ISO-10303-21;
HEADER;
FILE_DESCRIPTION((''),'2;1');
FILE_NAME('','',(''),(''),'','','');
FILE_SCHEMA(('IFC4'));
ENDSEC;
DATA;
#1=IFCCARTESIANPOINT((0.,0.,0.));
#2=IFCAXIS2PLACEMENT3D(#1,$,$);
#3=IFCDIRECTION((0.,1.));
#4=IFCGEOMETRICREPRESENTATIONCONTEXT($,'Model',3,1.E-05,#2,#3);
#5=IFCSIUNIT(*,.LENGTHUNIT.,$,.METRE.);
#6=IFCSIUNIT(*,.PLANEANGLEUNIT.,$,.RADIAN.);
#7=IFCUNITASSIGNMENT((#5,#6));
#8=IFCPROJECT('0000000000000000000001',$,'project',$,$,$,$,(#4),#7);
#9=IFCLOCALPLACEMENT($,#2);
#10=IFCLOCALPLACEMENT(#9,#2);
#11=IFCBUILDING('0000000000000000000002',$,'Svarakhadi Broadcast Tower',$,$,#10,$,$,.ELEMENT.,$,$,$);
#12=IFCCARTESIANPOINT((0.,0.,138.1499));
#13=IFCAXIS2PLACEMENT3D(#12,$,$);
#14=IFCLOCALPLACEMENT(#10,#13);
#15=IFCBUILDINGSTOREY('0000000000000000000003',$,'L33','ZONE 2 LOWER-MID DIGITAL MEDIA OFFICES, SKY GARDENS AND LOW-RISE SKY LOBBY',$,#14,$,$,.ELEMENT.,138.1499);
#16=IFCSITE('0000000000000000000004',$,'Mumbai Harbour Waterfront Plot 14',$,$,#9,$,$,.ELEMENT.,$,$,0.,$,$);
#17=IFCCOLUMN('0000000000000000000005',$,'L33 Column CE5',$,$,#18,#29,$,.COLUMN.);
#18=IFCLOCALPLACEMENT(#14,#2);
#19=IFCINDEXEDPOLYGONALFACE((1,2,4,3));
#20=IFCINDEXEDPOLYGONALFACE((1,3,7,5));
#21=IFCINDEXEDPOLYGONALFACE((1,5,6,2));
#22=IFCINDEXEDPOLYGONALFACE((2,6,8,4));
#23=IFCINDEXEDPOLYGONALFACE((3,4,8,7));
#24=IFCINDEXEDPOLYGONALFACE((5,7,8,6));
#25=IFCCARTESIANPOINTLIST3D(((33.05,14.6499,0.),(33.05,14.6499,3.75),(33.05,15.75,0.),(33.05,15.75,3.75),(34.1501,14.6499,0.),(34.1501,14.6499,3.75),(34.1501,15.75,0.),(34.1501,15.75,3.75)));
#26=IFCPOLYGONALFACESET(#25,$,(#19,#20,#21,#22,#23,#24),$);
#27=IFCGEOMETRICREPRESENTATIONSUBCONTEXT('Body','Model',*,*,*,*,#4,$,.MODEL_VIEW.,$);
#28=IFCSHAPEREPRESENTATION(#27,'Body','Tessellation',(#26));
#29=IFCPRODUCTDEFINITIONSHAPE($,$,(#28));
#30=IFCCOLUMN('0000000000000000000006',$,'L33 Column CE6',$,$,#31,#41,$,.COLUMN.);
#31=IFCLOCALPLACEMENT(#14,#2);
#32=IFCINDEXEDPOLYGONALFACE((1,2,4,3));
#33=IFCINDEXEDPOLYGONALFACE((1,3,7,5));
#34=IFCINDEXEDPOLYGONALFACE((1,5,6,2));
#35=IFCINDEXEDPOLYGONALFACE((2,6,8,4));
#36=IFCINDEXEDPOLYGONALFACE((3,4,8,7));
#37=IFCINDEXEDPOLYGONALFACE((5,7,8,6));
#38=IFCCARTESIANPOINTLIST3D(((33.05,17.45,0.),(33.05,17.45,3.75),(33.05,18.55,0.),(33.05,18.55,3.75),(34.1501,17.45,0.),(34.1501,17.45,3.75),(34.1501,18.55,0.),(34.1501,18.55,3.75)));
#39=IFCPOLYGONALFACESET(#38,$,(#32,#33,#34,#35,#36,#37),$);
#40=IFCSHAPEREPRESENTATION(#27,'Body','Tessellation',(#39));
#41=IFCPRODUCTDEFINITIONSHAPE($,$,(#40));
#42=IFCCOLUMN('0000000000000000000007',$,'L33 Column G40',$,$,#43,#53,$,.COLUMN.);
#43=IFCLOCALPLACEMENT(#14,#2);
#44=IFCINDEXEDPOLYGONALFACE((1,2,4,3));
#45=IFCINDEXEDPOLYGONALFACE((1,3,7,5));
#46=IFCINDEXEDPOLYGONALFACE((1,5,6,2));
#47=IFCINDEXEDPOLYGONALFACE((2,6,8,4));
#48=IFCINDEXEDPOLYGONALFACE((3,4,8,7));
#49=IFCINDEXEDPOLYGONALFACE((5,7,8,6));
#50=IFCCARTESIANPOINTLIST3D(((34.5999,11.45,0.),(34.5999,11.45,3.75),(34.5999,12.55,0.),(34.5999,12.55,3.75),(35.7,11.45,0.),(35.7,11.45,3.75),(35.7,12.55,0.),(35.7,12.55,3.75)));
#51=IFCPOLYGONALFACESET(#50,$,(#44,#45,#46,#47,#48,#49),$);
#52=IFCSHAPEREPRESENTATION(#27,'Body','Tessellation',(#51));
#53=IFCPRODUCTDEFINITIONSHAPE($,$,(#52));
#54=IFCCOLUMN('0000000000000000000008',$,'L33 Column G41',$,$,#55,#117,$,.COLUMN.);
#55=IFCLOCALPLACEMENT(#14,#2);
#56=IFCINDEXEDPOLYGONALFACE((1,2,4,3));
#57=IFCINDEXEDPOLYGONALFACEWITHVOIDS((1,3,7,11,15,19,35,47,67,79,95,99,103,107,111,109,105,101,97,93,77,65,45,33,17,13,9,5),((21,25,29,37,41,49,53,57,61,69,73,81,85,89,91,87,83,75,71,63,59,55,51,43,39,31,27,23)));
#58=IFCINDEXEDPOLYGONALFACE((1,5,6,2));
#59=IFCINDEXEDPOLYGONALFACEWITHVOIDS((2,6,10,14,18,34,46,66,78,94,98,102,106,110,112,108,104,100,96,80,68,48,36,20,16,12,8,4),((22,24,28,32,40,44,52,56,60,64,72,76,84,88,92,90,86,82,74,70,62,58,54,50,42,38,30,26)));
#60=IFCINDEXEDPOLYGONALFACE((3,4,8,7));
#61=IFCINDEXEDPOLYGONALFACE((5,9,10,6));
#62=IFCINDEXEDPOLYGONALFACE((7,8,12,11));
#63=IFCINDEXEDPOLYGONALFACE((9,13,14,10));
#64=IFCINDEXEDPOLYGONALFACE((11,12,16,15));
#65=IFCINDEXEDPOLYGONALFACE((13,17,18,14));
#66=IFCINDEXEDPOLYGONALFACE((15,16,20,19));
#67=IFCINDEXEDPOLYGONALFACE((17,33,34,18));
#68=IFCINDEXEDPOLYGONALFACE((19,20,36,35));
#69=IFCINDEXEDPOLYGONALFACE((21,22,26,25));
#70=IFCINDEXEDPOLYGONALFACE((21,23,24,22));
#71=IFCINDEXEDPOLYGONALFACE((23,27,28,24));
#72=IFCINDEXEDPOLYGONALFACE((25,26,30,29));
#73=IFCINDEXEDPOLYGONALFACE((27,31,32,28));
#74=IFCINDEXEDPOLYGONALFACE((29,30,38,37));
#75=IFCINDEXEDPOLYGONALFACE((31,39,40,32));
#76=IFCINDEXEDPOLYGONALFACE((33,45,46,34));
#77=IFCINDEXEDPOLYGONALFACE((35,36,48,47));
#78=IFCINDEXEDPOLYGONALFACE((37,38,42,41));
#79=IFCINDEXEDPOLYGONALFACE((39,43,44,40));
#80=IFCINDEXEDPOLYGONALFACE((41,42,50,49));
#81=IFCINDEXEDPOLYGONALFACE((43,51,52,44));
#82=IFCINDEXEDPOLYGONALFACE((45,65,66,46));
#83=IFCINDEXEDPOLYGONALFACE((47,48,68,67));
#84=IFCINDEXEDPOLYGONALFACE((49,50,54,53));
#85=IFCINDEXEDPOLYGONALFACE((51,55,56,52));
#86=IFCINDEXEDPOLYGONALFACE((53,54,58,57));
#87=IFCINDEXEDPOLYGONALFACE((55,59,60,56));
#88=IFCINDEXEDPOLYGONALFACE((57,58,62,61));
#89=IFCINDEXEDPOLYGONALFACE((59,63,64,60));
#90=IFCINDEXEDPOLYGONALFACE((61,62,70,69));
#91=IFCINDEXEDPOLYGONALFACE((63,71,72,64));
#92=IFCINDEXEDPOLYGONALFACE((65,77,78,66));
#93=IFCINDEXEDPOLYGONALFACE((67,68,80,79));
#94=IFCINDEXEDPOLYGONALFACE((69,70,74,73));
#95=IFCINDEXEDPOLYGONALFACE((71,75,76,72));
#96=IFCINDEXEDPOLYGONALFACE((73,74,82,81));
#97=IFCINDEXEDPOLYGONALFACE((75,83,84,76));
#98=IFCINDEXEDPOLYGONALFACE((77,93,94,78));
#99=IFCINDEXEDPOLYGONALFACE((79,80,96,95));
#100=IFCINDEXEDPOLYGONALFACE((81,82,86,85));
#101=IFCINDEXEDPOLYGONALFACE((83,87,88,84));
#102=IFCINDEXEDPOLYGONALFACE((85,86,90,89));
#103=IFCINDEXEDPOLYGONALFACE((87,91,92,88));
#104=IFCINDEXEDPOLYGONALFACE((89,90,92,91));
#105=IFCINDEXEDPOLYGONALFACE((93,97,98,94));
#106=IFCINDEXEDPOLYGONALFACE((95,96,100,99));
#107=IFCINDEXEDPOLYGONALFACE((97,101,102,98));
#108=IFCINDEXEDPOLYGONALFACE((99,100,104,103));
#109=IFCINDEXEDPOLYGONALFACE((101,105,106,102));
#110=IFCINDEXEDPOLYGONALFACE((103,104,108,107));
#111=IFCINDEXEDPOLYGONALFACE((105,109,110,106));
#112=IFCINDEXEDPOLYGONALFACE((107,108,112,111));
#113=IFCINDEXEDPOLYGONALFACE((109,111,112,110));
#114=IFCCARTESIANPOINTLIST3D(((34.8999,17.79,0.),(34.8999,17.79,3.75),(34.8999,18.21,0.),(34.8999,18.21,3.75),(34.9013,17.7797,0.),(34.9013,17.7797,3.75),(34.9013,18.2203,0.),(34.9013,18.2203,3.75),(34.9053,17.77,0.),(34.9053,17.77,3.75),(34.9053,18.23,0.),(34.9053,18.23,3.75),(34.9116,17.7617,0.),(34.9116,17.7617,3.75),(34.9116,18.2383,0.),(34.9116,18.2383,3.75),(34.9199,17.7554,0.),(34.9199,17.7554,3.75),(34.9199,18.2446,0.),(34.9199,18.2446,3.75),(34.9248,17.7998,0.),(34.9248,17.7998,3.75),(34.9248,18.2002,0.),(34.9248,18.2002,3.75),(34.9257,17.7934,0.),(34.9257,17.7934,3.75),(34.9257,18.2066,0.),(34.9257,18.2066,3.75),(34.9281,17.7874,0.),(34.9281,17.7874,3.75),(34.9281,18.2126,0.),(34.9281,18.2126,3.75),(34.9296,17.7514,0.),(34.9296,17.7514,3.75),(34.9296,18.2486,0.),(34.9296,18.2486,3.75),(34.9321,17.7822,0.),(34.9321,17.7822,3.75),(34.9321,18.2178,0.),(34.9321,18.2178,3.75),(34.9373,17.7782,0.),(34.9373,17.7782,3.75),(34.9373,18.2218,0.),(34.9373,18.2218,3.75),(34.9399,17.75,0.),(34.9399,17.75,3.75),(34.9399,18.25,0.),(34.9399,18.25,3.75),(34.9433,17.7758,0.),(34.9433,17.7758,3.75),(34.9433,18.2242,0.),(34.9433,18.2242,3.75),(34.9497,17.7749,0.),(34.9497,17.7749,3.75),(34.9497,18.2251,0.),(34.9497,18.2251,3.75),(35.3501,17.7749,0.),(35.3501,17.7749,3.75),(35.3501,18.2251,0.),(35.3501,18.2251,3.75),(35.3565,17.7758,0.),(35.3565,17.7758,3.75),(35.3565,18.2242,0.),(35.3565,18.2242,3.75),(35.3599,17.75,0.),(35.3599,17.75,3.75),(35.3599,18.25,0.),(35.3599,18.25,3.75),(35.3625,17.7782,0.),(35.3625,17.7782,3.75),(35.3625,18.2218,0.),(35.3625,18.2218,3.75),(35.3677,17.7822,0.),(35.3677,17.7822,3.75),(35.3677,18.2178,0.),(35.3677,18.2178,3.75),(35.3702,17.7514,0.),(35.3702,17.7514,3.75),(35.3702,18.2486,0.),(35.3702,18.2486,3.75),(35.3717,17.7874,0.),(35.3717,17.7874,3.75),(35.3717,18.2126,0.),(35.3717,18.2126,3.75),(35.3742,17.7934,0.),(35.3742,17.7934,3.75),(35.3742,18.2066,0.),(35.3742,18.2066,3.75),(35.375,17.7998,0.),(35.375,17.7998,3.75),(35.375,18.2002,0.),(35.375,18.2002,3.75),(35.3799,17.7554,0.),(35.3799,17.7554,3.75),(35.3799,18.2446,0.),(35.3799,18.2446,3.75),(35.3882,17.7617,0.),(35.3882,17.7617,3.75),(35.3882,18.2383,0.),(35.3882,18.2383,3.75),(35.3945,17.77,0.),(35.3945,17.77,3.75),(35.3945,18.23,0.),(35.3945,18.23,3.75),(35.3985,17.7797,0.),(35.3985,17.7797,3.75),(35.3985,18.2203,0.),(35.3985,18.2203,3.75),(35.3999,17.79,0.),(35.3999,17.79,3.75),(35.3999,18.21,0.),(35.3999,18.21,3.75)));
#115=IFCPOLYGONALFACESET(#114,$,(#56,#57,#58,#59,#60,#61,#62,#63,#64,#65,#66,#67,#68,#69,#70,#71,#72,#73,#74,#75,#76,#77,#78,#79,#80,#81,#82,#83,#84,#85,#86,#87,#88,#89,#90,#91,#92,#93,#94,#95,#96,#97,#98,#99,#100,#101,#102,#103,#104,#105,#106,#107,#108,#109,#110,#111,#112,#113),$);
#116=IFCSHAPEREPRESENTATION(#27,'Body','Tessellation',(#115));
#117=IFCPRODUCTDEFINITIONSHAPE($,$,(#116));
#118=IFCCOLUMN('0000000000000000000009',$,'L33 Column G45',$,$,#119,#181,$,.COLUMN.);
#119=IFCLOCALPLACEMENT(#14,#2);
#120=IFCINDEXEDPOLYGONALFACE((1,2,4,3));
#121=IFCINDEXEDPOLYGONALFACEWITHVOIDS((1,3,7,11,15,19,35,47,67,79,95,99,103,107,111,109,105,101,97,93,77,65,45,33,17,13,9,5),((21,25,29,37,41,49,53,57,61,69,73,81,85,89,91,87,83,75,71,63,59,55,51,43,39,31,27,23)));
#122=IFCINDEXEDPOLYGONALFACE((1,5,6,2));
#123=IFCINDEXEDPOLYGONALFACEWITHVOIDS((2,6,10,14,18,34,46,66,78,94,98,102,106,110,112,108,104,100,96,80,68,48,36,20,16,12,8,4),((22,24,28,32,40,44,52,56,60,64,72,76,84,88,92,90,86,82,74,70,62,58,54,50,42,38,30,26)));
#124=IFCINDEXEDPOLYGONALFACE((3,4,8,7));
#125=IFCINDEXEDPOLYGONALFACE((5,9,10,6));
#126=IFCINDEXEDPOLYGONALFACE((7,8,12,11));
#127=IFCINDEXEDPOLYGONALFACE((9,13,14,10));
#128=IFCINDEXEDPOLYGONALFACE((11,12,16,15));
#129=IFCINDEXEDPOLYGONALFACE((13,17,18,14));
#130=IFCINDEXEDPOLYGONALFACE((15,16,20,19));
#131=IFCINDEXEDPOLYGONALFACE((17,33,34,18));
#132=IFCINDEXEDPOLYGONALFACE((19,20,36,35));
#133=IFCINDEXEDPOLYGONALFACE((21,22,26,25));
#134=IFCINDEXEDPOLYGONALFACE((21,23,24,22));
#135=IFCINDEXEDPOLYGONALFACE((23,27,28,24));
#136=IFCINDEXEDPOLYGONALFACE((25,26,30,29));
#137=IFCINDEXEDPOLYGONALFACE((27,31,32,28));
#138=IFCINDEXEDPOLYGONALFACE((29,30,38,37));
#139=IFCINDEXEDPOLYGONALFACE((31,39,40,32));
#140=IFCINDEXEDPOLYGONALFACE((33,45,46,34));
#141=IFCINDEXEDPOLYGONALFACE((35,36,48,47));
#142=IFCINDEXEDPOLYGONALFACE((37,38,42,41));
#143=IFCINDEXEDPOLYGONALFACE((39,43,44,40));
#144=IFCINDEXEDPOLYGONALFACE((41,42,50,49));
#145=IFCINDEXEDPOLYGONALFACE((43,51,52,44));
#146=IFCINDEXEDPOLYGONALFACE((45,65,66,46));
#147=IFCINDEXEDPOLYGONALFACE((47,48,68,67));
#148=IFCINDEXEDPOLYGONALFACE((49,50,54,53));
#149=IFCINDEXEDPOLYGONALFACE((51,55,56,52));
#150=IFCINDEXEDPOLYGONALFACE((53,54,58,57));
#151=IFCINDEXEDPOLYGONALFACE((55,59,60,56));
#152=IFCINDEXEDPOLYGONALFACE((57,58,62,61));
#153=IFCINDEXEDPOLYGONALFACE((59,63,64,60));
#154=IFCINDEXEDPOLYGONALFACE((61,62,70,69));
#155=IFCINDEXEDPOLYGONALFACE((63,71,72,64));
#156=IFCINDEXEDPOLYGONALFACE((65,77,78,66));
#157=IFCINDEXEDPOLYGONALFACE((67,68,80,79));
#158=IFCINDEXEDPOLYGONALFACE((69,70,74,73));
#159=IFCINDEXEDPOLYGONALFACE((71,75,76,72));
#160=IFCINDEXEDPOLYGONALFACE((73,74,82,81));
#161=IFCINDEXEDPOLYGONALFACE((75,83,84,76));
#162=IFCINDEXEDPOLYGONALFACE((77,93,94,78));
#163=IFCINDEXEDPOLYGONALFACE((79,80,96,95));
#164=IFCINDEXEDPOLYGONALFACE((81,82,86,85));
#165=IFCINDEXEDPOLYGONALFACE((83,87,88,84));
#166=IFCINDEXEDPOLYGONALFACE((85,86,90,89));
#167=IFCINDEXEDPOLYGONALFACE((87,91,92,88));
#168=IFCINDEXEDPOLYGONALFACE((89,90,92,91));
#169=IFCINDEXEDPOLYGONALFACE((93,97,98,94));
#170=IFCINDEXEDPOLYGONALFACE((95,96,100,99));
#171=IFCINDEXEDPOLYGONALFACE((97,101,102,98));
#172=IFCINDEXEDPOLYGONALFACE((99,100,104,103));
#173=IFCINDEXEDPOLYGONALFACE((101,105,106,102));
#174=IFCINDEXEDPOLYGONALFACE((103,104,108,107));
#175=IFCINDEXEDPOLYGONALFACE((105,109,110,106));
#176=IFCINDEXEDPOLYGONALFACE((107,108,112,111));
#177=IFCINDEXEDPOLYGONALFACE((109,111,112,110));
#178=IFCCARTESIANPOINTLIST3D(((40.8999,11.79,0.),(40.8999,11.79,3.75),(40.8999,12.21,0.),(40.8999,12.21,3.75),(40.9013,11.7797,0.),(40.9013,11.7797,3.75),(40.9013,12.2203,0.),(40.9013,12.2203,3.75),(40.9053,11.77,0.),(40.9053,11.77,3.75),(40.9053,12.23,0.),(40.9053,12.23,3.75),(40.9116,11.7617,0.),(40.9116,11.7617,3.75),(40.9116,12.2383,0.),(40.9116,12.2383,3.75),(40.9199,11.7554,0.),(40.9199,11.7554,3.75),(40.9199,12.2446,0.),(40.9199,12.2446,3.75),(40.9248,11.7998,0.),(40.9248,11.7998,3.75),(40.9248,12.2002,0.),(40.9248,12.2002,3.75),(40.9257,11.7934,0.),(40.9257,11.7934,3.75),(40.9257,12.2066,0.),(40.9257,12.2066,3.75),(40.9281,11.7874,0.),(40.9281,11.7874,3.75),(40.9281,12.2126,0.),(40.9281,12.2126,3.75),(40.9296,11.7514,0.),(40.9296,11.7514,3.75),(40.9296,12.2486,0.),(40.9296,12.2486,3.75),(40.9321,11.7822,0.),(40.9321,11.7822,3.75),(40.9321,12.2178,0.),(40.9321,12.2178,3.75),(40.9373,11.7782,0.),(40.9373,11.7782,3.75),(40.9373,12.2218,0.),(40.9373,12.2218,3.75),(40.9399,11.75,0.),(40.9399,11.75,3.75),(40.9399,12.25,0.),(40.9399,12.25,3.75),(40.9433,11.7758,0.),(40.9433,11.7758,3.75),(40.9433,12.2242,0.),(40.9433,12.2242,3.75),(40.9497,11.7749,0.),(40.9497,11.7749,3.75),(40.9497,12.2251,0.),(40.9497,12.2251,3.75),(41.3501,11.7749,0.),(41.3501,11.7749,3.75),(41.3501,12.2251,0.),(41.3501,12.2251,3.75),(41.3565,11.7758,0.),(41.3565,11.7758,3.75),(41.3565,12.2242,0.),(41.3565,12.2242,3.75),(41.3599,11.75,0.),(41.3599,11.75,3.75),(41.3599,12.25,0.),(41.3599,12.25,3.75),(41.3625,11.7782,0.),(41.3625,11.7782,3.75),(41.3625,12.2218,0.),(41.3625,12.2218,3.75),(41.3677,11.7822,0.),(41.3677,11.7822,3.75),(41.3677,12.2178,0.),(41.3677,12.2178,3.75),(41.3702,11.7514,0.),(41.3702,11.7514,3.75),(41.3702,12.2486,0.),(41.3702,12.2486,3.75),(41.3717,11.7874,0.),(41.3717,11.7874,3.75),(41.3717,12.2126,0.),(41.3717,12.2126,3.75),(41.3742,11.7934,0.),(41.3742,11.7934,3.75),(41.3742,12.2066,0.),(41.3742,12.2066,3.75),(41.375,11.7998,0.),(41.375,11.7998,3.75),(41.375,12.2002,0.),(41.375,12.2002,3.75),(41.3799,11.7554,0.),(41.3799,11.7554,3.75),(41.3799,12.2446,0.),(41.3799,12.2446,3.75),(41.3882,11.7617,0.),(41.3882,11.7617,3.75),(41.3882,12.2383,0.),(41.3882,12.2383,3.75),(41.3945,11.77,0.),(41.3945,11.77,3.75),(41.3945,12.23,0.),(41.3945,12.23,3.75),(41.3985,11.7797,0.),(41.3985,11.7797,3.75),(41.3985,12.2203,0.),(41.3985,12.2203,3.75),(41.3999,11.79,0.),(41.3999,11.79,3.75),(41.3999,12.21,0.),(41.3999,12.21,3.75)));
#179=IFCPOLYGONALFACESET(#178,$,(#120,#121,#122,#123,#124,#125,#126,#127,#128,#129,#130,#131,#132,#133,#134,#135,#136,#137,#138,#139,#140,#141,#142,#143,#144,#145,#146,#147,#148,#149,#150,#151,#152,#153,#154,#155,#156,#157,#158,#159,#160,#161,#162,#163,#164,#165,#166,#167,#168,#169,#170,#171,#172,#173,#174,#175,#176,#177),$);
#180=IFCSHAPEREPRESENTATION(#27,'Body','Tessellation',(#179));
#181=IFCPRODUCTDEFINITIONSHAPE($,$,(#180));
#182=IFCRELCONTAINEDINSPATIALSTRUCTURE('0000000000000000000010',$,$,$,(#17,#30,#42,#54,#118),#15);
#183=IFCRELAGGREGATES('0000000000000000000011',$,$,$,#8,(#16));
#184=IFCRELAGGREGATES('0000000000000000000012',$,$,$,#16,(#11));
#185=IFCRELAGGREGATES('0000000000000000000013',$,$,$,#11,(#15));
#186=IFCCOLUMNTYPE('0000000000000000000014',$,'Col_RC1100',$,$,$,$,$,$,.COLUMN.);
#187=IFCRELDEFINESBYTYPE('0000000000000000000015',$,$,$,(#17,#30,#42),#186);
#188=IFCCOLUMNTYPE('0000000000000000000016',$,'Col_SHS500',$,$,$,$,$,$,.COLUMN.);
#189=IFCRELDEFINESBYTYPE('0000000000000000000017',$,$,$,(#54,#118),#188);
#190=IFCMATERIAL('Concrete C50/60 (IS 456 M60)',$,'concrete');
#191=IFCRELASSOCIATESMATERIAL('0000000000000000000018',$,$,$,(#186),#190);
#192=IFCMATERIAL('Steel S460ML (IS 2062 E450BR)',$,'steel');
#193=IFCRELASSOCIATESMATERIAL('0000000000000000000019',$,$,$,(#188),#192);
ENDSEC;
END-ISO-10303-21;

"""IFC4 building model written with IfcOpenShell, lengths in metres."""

from ifc_helpers import new_model, si_unit, direction, frame, origin, origin_2d, place, context, subcontext, project, spatial, rectangle, hollow_rectangle, extrude, material, material_profile, profile_set, type_object, element, save


model = new_model("IFC4")

# Units and contexts
model_context = context("Model", 3, precision=1e-05, world=origin(), true_north=direction((0.0, 1.0)))
body_context = subcontext(model_context, "Body", "Model", "MODEL_VIEW")
ifc_project = project(units=[si_unit("LENGTHUNIT", "METRE"), si_unit("PLANEANGLEUNIT", "RADIAN")], contexts=[model_context])

# Site, building, storey
site_placement = place(None, origin())
site = spatial("IfcSite", under=ifc_project, at=site_placement, Name="Mumbai Harbour Waterfront Plot 14", CompositionType="ELEMENT", RefElevation=0.0)
building_placement = place(site_placement, origin())
building = spatial("IfcBuilding", under=site, at=building_placement, Name="Svarakhadi Broadcast Tower", CompositionType="ELEMENT")
storey_placement = place(building_placement, frame((0.0, 0.0, 138.1499)))
storey = spatial("IfcBuildingStorey", under=building, at=storey_placement, Name="L33", Description="ZONE 2 LOWER-MID DIGITAL MEDIA OFFICES, SKY GARDENS AND LOW-RISE SKY LOBBY", CompositionType="ELEMENT", Elevation=138.1499)

# Columns
ifc_material_1 = material(Name="Concrete C50/60 (IS 456 M60)", Category="concrete")
ifc_material_profile_1 = material_profile(ifc_material_1, rectangle(XDim=1.1001, YDim=1.1001, at=origin_2d()), Name="RC 1100x1100")
ifc_profile_set_1 = profile_set([ifc_material_profile_1], Name="Concrete C50/60 (IS 456 M60)")
column_type_1 = type_object("IfcColumnType", Name="Col_RC1100", PredefinedType="COLUMN", material=ifc_profile_set_1)
for number, where, z_axis, x_axis, name in (
    (1, (33.6001, 15.2, 0.0), (0.0, 0.0, 1.0), (1.0, 0.0, 0.0), "L33 Column CE5"),
    (2, (33.6001, 18.0, 0.0), (0.0, 0.0, 1.0), (1.0, 0.0, 0.0), "L33 Column CE6"),
    (3, (35.1499, 12.0, 0.0), (0.0, 0.0, 1.0), (1.0, 0.0, 0.0), "L33 Column G40"),
):
    element("IfcColumn", number, at=place(storey_placement, frame(where, z_axis=z_axis, x_axis=x_axis)), inside=storey, type_object=column_type_1, Name=name, PredefinedType="COLUMN", context=body_context, shape_type="SweptSolid", body=[
        extrude(rectangle(XDim=1.1001, YDim=1.1001, at=origin_2d()), origin(), (0.0, 0.0, 1.0), 3.75),
    ])
ifc_material_2 = material(Name="Steel S460ML (IS 2062 E450BR)", Category="steel")
ifc_material_profile_2 = material_profile(ifc_material_2, hollow_rectangle(XDim=0.5, YDim=0.5, WallThickness=0.0249, InnerFilletRadius=0.0249, OuterFilletRadius=0.04, at=origin_2d()), Name="SHS 500x500x25")
ifc_profile_set_2 = profile_set([ifc_material_profile_2], Name="Steel S460ML (IS 2062 E450BR)")
column_type_2 = type_object("IfcColumnType", Name="Col_SHS500", PredefinedType="COLUMN", material=ifc_profile_set_2)
for number, where, z_axis, x_axis, name in (
    (4, (35.1499, 18.0, 0.0), (0.0, 0.0, 1.0), (1.0, 0.0, 0.0), "L33 Column G41"),
    (5, (41.1499, 12.0, 0.0), (0.0, 0.0, 1.0), (1.0, 0.0, 0.0), "L33 Column G45"),
):
    element("IfcColumn", number, at=place(storey_placement, frame(where, z_axis=z_axis, x_axis=x_axis)), inside=storey, type_object=column_type_2, Name=name, PredefinedType="COLUMN", context=body_context, shape_type="SweptSolid", body=[
        extrude(hollow_rectangle(XDim=0.5, YDim=0.5, WallThickness=0.0249, InnerFilletRadius=0.0249, OuterFilletRadius=0.04, at=origin_2d()), origin(), (0.0, 0.0, 1.0), 3.75),
    ])

save(model, "model.ifc")
